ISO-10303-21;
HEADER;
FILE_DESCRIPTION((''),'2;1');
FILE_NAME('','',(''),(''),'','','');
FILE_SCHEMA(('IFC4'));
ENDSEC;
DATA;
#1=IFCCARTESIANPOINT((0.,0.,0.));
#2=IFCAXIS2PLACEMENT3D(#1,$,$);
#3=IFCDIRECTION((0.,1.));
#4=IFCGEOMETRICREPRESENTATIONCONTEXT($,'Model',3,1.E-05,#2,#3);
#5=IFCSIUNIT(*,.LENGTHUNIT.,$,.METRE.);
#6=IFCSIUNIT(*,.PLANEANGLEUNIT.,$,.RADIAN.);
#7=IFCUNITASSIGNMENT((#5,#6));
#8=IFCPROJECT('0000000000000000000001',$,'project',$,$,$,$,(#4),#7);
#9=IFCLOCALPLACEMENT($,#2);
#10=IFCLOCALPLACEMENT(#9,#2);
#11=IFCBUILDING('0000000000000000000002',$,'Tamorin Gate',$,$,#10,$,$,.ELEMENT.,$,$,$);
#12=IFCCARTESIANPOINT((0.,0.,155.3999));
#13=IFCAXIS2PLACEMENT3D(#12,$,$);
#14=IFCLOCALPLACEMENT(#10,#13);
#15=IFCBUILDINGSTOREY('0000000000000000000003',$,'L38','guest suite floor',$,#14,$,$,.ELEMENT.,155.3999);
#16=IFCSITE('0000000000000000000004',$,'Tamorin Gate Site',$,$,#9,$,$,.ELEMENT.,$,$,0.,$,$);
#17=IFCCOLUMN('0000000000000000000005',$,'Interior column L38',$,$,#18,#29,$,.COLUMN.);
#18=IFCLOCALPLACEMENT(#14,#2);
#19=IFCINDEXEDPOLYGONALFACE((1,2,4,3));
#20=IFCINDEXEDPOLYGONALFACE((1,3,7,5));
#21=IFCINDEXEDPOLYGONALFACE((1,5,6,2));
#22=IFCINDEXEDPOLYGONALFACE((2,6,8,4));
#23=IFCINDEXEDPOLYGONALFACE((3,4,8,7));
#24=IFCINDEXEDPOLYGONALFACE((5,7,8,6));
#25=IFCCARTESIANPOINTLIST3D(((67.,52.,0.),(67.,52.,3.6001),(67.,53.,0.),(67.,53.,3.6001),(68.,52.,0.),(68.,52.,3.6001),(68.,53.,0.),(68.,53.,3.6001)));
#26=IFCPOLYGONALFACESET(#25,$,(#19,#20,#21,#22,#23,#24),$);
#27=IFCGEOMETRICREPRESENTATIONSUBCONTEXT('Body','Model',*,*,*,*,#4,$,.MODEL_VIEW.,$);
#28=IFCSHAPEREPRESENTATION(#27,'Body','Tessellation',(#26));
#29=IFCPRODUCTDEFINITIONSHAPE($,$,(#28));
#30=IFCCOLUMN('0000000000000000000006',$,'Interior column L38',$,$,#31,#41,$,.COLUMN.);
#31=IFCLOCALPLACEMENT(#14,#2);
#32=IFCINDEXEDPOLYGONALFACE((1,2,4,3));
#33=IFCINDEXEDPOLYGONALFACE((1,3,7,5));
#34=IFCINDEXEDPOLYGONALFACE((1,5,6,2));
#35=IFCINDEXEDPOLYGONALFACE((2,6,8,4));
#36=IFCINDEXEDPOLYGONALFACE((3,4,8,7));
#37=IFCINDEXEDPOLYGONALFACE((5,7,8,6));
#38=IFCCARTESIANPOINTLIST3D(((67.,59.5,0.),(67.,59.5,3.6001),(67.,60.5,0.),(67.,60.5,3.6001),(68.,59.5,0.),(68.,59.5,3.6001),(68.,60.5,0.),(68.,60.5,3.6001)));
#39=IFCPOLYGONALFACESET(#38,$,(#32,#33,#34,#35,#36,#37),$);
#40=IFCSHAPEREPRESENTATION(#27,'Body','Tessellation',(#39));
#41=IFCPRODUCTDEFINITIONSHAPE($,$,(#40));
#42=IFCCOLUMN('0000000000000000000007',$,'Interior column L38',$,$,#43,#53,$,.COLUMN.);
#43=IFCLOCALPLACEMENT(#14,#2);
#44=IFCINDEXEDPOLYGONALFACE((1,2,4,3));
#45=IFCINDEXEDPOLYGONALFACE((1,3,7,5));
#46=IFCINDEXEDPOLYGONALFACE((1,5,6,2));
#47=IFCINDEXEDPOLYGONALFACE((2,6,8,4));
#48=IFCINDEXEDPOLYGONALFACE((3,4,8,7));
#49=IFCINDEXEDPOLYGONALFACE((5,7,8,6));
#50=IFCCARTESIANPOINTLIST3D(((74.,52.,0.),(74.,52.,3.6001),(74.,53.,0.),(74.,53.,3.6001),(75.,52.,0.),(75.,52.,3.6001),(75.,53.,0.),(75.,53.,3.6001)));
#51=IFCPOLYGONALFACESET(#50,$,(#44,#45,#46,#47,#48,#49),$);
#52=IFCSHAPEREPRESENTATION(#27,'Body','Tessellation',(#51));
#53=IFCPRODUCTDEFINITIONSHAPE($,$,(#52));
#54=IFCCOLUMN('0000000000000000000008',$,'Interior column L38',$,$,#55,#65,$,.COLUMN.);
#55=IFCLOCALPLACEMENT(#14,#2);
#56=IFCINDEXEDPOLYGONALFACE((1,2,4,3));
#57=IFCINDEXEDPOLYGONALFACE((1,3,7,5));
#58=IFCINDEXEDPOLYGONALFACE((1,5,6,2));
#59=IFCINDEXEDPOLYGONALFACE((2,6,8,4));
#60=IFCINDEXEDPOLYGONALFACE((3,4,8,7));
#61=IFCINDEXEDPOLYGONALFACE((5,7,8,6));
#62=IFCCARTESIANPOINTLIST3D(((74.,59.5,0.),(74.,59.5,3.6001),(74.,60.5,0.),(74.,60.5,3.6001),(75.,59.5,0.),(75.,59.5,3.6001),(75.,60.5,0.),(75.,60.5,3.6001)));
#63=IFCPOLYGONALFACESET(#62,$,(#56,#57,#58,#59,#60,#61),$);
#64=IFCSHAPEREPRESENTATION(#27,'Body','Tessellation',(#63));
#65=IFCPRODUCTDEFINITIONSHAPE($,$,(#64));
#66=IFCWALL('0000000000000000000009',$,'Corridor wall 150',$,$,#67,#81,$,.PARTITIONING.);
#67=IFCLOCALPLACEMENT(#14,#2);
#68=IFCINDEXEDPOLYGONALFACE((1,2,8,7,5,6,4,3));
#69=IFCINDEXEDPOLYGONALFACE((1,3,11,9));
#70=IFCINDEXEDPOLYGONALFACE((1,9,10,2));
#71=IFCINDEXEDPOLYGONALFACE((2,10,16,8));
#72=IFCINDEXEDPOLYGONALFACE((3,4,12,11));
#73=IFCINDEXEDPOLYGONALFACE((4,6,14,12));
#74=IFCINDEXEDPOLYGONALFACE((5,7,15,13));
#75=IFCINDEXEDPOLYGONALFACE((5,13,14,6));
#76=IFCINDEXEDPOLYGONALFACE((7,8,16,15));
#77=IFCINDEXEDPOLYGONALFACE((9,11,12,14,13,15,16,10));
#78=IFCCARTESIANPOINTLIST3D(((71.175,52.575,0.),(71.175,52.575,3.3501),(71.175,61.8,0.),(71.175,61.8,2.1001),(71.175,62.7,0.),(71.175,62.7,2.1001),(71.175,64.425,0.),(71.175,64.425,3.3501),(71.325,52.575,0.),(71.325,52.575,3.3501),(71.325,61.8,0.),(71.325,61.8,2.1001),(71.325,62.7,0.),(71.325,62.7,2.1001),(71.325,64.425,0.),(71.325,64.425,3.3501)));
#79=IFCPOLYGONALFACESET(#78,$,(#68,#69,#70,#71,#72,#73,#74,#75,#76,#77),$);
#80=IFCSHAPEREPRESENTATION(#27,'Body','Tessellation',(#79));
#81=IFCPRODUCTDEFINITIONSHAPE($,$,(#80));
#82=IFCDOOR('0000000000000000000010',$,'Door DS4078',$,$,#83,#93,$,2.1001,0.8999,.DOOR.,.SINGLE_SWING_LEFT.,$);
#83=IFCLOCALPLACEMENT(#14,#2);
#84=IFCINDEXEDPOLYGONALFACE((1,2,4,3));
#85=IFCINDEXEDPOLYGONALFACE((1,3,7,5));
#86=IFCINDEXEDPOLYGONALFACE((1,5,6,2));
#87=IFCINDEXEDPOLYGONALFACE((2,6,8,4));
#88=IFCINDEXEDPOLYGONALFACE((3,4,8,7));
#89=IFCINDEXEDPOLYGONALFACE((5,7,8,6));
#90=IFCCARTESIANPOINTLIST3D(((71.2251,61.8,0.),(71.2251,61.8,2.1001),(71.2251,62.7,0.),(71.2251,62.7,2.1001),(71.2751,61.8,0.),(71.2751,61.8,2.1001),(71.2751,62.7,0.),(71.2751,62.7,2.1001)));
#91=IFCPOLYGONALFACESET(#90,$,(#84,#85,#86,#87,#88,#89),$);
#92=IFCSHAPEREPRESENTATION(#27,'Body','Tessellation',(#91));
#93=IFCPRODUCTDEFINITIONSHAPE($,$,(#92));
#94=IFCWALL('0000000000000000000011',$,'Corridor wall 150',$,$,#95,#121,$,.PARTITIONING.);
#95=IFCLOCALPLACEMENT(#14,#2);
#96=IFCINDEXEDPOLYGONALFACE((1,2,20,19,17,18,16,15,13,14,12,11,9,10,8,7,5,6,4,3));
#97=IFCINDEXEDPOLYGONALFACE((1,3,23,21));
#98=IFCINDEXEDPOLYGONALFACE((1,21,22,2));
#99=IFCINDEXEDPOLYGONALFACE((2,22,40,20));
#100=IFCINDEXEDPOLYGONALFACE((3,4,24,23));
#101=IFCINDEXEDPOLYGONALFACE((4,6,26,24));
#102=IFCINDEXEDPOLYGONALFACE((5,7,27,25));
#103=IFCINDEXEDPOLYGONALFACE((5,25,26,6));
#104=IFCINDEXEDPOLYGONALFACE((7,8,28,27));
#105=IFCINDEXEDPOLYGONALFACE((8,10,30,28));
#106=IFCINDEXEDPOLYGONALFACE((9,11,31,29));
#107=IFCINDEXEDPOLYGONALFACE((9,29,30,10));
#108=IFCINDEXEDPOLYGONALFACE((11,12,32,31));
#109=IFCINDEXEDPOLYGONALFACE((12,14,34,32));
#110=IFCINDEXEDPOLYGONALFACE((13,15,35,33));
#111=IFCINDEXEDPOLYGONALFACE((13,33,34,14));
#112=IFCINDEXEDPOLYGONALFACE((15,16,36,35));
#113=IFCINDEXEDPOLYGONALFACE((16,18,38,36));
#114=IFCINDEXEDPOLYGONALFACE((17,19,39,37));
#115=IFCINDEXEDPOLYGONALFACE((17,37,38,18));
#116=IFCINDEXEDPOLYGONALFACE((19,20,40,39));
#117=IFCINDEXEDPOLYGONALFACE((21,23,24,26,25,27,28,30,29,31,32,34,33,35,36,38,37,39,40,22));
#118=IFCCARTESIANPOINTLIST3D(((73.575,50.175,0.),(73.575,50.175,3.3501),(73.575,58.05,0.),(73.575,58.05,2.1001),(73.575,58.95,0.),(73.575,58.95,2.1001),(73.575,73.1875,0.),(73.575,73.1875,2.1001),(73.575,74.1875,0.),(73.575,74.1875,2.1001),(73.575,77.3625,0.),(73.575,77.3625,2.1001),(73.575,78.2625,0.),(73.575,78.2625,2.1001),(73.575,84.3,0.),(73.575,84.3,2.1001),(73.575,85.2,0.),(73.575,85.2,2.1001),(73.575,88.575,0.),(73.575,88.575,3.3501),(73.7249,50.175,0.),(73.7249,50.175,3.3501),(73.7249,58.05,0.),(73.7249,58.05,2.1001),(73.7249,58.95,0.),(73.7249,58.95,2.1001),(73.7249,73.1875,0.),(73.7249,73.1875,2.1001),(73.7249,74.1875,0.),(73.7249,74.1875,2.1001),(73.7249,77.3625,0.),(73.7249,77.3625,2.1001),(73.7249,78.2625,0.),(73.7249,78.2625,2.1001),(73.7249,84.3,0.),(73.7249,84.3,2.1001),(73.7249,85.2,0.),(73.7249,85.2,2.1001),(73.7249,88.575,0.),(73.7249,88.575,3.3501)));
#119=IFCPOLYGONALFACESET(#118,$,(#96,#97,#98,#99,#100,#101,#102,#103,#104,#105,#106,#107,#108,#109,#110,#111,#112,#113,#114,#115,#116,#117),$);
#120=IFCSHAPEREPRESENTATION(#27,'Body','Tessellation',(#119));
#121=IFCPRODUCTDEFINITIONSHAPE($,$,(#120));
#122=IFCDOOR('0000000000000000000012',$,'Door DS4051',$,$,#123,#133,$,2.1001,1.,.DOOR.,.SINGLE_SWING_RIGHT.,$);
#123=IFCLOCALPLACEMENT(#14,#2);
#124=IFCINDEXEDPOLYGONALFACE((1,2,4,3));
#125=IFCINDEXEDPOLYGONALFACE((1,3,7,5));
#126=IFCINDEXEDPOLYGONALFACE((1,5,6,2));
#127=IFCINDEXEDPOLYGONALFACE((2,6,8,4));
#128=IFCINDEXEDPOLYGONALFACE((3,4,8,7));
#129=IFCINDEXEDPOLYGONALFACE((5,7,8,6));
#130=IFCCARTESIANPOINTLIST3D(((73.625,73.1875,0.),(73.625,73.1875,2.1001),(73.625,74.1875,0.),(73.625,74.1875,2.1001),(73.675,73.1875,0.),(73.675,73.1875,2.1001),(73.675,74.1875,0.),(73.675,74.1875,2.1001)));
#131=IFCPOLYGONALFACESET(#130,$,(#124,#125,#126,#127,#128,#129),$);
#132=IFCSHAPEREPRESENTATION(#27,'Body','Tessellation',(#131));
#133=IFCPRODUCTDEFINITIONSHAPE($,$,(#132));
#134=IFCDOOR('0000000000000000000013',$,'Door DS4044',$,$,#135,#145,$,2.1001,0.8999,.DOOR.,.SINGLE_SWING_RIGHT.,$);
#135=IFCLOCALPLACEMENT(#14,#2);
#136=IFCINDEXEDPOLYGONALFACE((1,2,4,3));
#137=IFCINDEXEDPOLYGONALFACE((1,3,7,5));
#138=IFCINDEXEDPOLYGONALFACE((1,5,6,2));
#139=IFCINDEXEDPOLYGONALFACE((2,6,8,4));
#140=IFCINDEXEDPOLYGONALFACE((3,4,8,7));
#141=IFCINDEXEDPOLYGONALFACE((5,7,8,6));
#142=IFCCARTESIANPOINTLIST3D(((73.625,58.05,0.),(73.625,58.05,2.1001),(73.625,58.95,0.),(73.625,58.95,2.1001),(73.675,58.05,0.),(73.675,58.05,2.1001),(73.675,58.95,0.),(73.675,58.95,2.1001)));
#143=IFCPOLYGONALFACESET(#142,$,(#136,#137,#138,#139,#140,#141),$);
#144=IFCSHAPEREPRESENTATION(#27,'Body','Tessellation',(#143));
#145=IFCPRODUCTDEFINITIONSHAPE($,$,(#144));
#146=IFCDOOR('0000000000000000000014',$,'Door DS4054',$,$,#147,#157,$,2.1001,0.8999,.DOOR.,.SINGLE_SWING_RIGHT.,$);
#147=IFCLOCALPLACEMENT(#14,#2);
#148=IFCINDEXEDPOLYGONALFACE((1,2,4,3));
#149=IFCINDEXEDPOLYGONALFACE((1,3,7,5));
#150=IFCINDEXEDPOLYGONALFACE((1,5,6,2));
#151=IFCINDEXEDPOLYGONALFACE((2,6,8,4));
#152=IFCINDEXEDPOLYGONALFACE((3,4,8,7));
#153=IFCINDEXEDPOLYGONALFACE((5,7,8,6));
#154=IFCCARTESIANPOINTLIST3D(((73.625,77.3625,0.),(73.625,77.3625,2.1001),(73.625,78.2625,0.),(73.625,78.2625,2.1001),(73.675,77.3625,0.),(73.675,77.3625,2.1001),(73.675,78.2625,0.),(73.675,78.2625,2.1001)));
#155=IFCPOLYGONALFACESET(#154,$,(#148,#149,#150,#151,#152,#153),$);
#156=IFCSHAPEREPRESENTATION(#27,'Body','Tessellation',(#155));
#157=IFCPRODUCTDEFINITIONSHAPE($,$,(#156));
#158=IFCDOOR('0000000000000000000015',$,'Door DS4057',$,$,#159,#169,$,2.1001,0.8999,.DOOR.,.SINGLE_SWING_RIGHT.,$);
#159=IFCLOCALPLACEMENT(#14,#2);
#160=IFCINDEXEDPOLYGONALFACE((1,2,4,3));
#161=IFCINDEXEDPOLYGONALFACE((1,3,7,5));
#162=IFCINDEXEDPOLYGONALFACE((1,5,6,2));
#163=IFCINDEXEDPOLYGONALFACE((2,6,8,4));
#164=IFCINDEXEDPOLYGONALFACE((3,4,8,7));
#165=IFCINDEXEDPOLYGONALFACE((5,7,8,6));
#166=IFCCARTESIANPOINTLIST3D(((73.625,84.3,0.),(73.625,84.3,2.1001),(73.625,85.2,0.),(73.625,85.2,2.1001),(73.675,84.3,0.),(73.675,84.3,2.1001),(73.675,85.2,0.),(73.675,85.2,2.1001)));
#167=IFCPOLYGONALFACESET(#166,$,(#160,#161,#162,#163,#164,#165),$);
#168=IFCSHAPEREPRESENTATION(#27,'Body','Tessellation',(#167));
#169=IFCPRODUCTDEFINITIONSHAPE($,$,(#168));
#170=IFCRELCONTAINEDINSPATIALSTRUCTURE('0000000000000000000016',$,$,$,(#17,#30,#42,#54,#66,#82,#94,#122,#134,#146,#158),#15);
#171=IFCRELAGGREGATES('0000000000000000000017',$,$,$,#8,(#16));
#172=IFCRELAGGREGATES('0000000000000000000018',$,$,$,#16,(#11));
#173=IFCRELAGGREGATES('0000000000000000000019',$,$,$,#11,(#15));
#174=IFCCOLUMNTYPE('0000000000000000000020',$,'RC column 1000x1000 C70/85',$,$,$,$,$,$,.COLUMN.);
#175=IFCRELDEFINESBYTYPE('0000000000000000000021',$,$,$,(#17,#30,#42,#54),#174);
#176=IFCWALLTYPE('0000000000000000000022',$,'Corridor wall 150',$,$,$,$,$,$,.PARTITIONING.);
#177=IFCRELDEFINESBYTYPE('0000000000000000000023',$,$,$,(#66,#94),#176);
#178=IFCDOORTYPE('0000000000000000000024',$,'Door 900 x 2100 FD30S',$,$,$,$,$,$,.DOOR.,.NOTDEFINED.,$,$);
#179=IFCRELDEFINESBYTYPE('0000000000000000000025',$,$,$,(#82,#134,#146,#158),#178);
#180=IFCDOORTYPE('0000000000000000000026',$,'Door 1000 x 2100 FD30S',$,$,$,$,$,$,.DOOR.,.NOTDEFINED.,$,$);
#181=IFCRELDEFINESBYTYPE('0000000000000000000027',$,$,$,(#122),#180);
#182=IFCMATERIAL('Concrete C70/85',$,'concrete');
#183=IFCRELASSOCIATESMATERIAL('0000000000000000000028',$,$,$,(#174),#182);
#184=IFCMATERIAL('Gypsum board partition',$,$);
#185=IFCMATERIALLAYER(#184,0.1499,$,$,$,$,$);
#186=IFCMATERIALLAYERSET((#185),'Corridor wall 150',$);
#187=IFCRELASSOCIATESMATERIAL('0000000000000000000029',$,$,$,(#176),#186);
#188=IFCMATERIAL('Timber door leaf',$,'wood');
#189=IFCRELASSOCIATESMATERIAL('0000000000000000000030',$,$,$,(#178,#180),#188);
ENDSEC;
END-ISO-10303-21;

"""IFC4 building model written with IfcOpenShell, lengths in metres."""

from ifc_helpers import new_model, si_unit, direction, frame, frame_2d, origin, origin_2d, place, context, subcontext, project, spatial, rectangle, extrude, material, layer, layer_set, material_profile, profile_set, type_object, element, fill, save


model = new_model("IFC4")

# Units and contexts
model_context = context("Model", 3, precision=1e-05, world=origin(), true_north=direction((0.0, 1.0)))
body_context = subcontext(model_context, "Body", "Model", "MODEL_VIEW")
ifc_project = project(units=[si_unit("LENGTHUNIT", "METRE"), si_unit("PLANEANGLEUNIT", "RADIAN")], contexts=[model_context])

# Site, building, storey
site_placement = place(None, origin())
site = spatial("IfcSite", under=ifc_project, at=site_placement, Name="Tamorin Gate Site", CompositionType="ELEMENT", RefElevation=0.0)
building_placement = place(site_placement, origin())
building = spatial("IfcBuilding", under=site, at=building_placement, Name="Tamorin Gate", CompositionType="ELEMENT")
storey_placement = place(building_placement, frame((0.0, 0.0, 155.3999)))
storey = spatial("IfcBuildingStorey", under=building, at=storey_placement, Name="L38", Description="guest suite floor", CompositionType="ELEMENT", Elevation=155.3999)

# Columns
ifc_material_1 = material(Name="Concrete C70/85", Category="concrete")
ifc_material_profile = material_profile(ifc_material_1, rectangle(XDim=1.0, YDim=1.0, at=origin_2d()), Name="RC 1000x1000")
ifc_profile_set = profile_set([ifc_material_profile], Name="Concrete C70/85")
column_type = type_object("IfcColumnType", Name="RC column 1000x1000 C70/85", PredefinedType="COLUMN", material=ifc_profile_set)
for number, where, z_axis, x_axis, name in (
    (1, (67.5, 52.5, 0.0), (0.0, 0.0, 1.0), (1.0, 0.0, 0.0), "Interior column L38"),
    (2, (67.5, 60.0, 0.0), (0.0, 0.0, 1.0), (1.0, 0.0, 0.0), "Interior column L38"),
    (3, (74.5, 52.5, 0.0), (0.0, 0.0, 1.0), (1.0, 0.0, 0.0), "Interior column L38"),
    (4, (74.5, 60.0, 0.0), (0.0, 0.0, 1.0), (1.0, 0.0, 0.0), "Interior column L38"),
):
    element("IfcColumn", number, at=place(storey_placement, frame(where, z_axis=z_axis, x_axis=x_axis)), inside=storey, type_object=column_type, Name=name, PredefinedType="COLUMN", context=body_context, shape_type="SweptSolid", body=[
        extrude(rectangle(XDim=1.0, YDim=1.0, at=origin_2d()), origin(), (0.0, 0.0, 1.0), 3.6001),
    ])

# Wall, opening, door
ifc_material_2 = material(Name="Gypsum board partition")
ifc_layer_1 = layer(ifc_material_2, 0.1499)
ifc_layer_set_1 = layer_set([ifc_layer_1], Name="Corridor wall 150")
wall_type_1 = type_object("IfcWallType", Name="Corridor wall 150", PredefinedType="PARTITIONING", material=ifc_layer_set_1)
wall_1_placement = place(storey_placement, frame((71.25, 52.575, 0.0), z_axis=(0.0, 0.0, 1.0), x_axis=(0.0, 1.0, 0.0)))
wall_1 = element("IfcWall", 5, at=wall_1_placement, inside=storey, type_object=wall_type_1, Name="Corridor wall 150", PredefinedType="PARTITIONING", context=body_context, shape_type="SweptSolid", body=[
    extrude(rectangle(XDim=11.8501, YDim=0.1499, at=frame_2d((5.925, 0.0))), origin(), (0.0, 0.0, 1.0), 3.3501),
])
opening_1_placement = place(wall_1_placement, frame((9.2251, 0.0, 0.0)))
opening_1 = element("IfcOpeningElement", 6, at=opening_1_placement, cuts=wall_1, PredefinedType="OPENING", context=body_context, shape_type="SweptSolid", body=[
    extrude(rectangle(XDim=0.8999, YDim=2.1001, at=frame_2d((0.45, 1.05))), frame((0.0, 0.085, 0.0), z_axis=(0.0, -1.0, 0.0), x_axis=(1.0, 0.0, 0.0)), (0.0, 0.0, 1.0), 0.1699),
])
ifc_material_3 = material(Name="Timber door leaf", Category="wood")
door_type_1 = type_object("IfcDoorType", Name="Door 900 x 2100 FD30S", OperationType="NOTDEFINED", PredefinedType="DOOR", material=ifc_material_3)
door_1_placement = place(opening_1_placement, origin())
door_1 = element("IfcDoor", 7, at=door_1_placement, inside=storey, type_object=door_type_1, Name="Door DS4078", OperationType="SINGLE_SWING_LEFT", OverallHeight=2.1001, OverallWidth=0.8999, PredefinedType="DOOR", context=body_context, shape_type="SweptSolid", body=[
    extrude(rectangle(XDim=0.8999, YDim=2.1001, at=frame_2d((0.45, 1.05))), frame((0.0, 0.0249, 0.0), z_axis=(0.0, -1.0, 0.0), x_axis=(1.0, 0.0, 0.0)), (0.0, 0.0, 1.0), 0.05),
])
fill(opening_1, door_1)

# Wall, openings, doors
wall_2_placement = place(storey_placement, frame((73.6499, 50.175, 0.0), z_axis=(0.0, 0.0, 1.0), x_axis=(0.0, 1.0, 0.0)))
wall_2 = element("IfcWall", 8, at=wall_2_placement, inside=storey, type_object=wall_type_1, Name="Corridor wall 150", PredefinedType="PARTITIONING", context=body_context, shape_type="SweptSolid", body=[
    extrude(rectangle(XDim=38.3999, YDim=0.1499, at=frame_2d((19.2, 0.0))), origin(), (0.0, 0.0, 1.0), 3.3501),
])
opening_2_placement = place(wall_2_placement, frame((7.875, 0.0, 0.0)))
opening_2 = element("IfcOpeningElement", 9, at=opening_2_placement, cuts=wall_2, PredefinedType="OPENING", context=body_context, shape_type="SweptSolid", body=[
    extrude(rectangle(XDim=0.8999, YDim=2.1001, at=frame_2d((0.45, 1.05))), frame((0.0, 0.085, 0.0), z_axis=(0.0, -1.0, 0.0), x_axis=(1.0, 0.0, 0.0)), (0.0, 0.0, 1.0), 0.1699),
])
opening_3_placement = place(wall_2_placement, frame((23.0125, 0.0, 0.0)))
opening_3 = element("IfcOpeningElement", 10, at=opening_3_placement, cuts=wall_2, PredefinedType="OPENING", context=body_context, shape_type="SweptSolid", body=[
    extrude(rectangle(XDim=1.0, YDim=2.1001, at=frame_2d((0.5, 1.05))), frame((0.0, 0.085, 0.0), z_axis=(0.0, -1.0, 0.0), x_axis=(1.0, 0.0, 0.0)), (0.0, 0.0, 1.0), 0.1699),
])
opening_4_placement = place(wall_2_placement, frame((27.1875, 0.0, 0.0)))
opening_4 = element("IfcOpeningElement", 11, at=opening_4_placement, cuts=wall_2, PredefinedType="OPENING", context=body_context, shape_type="SweptSolid", body=[
    extrude(rectangle(XDim=0.8999, YDim=2.1001, at=frame_2d((0.45, 1.05))), frame((0.0, 0.085, 0.0), z_axis=(0.0, -1.0, 0.0), x_axis=(1.0, 0.0, 0.0)), (0.0, 0.0, 1.0), 0.1699),
])
opening_5_placement = place(wall_2_placement, frame((34.125, 0.0, 0.0)))
opening_5 = element("IfcOpeningElement", 12, at=opening_5_placement, cuts=wall_2, PredefinedType="OPENING", context=body_context, shape_type="SweptSolid", body=[
    extrude(rectangle(XDim=0.8999, YDim=2.1001, at=frame_2d((0.45, 1.05))), frame((0.0, 0.085, 0.0), z_axis=(0.0, -1.0, 0.0), x_axis=(1.0, 0.0, 0.0)), (0.0, 0.0, 1.0), 0.1699),
])
door_type_2 = type_object("IfcDoorType", Name="Door 1000 x 2100 FD30S", OperationType="NOTDEFINED", PredefinedType="DOOR", material=ifc_material_3)
door_2_placement = place(opening_3_placement, origin())
door_2 = element("IfcDoor", 13, at=door_2_placement, inside=storey, type_object=door_type_2, Name="Door DS4051", OperationType="SINGLE_SWING_RIGHT", OverallHeight=2.1001, OverallWidth=1.0, PredefinedType="DOOR", context=body_context, shape_type="SweptSolid", body=[
    extrude(rectangle(XDim=1.0, YDim=2.1001, at=frame_2d((0.5, 1.05))), frame((0.0, 0.0249, 0.0), z_axis=(0.0, -1.0, 0.0), x_axis=(1.0, 0.0, 0.0)), (0.0, 0.0, 1.0), 0.05),
])
fill(opening_3, door_2)
door_3_placement = place(opening_2_placement, origin())
door_3 = element("IfcDoor", 14, at=door_3_placement, inside=storey, type_object=door_type_1, Name="Door DS4044", OperationType="SINGLE_SWING_RIGHT", OverallHeight=2.1001, OverallWidth=0.8999, PredefinedType="DOOR", context=body_context, shape_type="SweptSolid", body=[
    extrude(rectangle(XDim=0.8999, YDim=2.1001, at=frame_2d((0.45, 1.05))), frame((0.0, 0.0249, 0.0), z_axis=(0.0, -1.0, 0.0), x_axis=(1.0, 0.0, 0.0)), (0.0, 0.0, 1.0), 0.05),
])
fill(opening_2, door_3)
door_4_placement = place(opening_4_placement, origin())
door_4 = element("IfcDoor", 15, at=door_4_placement, inside=storey, type_object=door_type_1, Name="Door DS4054", OperationType="SINGLE_SWING_RIGHT", OverallHeight=2.1001, OverallWidth=0.8999, PredefinedType="DOOR", context=body_context, shape_type="SweptSolid", body=[
    extrude(rectangle(XDim=0.8999, YDim=2.1001, at=frame_2d((0.45, 1.05))), frame((0.0, 0.0249, 0.0), z_axis=(0.0, -1.0, 0.0), x_axis=(1.0, 0.0, 0.0)), (0.0, 0.0, 1.0), 0.05),
])
fill(opening_4, door_4)
door_5_placement = place(opening_5_placement, origin())
door_5 = element("IfcDoor", 16, at=door_5_placement, inside=storey, type_object=door_type_1, Name="Door DS4057", OperationType="SINGLE_SWING_RIGHT", OverallHeight=2.1001, OverallWidth=0.8999, PredefinedType="DOOR", context=body_context, shape_type="SweptSolid", body=[
    extrude(rectangle(XDim=0.8999, YDim=2.1001, at=frame_2d((0.45, 1.05))), frame((0.0, 0.0249, 0.0), z_axis=(0.0, -1.0, 0.0), x_axis=(1.0, 0.0, 0.0)), (0.0, 0.0, 1.0), 0.05),
])
fill(opening_5, door_5)

save(model, "model.ifc")
